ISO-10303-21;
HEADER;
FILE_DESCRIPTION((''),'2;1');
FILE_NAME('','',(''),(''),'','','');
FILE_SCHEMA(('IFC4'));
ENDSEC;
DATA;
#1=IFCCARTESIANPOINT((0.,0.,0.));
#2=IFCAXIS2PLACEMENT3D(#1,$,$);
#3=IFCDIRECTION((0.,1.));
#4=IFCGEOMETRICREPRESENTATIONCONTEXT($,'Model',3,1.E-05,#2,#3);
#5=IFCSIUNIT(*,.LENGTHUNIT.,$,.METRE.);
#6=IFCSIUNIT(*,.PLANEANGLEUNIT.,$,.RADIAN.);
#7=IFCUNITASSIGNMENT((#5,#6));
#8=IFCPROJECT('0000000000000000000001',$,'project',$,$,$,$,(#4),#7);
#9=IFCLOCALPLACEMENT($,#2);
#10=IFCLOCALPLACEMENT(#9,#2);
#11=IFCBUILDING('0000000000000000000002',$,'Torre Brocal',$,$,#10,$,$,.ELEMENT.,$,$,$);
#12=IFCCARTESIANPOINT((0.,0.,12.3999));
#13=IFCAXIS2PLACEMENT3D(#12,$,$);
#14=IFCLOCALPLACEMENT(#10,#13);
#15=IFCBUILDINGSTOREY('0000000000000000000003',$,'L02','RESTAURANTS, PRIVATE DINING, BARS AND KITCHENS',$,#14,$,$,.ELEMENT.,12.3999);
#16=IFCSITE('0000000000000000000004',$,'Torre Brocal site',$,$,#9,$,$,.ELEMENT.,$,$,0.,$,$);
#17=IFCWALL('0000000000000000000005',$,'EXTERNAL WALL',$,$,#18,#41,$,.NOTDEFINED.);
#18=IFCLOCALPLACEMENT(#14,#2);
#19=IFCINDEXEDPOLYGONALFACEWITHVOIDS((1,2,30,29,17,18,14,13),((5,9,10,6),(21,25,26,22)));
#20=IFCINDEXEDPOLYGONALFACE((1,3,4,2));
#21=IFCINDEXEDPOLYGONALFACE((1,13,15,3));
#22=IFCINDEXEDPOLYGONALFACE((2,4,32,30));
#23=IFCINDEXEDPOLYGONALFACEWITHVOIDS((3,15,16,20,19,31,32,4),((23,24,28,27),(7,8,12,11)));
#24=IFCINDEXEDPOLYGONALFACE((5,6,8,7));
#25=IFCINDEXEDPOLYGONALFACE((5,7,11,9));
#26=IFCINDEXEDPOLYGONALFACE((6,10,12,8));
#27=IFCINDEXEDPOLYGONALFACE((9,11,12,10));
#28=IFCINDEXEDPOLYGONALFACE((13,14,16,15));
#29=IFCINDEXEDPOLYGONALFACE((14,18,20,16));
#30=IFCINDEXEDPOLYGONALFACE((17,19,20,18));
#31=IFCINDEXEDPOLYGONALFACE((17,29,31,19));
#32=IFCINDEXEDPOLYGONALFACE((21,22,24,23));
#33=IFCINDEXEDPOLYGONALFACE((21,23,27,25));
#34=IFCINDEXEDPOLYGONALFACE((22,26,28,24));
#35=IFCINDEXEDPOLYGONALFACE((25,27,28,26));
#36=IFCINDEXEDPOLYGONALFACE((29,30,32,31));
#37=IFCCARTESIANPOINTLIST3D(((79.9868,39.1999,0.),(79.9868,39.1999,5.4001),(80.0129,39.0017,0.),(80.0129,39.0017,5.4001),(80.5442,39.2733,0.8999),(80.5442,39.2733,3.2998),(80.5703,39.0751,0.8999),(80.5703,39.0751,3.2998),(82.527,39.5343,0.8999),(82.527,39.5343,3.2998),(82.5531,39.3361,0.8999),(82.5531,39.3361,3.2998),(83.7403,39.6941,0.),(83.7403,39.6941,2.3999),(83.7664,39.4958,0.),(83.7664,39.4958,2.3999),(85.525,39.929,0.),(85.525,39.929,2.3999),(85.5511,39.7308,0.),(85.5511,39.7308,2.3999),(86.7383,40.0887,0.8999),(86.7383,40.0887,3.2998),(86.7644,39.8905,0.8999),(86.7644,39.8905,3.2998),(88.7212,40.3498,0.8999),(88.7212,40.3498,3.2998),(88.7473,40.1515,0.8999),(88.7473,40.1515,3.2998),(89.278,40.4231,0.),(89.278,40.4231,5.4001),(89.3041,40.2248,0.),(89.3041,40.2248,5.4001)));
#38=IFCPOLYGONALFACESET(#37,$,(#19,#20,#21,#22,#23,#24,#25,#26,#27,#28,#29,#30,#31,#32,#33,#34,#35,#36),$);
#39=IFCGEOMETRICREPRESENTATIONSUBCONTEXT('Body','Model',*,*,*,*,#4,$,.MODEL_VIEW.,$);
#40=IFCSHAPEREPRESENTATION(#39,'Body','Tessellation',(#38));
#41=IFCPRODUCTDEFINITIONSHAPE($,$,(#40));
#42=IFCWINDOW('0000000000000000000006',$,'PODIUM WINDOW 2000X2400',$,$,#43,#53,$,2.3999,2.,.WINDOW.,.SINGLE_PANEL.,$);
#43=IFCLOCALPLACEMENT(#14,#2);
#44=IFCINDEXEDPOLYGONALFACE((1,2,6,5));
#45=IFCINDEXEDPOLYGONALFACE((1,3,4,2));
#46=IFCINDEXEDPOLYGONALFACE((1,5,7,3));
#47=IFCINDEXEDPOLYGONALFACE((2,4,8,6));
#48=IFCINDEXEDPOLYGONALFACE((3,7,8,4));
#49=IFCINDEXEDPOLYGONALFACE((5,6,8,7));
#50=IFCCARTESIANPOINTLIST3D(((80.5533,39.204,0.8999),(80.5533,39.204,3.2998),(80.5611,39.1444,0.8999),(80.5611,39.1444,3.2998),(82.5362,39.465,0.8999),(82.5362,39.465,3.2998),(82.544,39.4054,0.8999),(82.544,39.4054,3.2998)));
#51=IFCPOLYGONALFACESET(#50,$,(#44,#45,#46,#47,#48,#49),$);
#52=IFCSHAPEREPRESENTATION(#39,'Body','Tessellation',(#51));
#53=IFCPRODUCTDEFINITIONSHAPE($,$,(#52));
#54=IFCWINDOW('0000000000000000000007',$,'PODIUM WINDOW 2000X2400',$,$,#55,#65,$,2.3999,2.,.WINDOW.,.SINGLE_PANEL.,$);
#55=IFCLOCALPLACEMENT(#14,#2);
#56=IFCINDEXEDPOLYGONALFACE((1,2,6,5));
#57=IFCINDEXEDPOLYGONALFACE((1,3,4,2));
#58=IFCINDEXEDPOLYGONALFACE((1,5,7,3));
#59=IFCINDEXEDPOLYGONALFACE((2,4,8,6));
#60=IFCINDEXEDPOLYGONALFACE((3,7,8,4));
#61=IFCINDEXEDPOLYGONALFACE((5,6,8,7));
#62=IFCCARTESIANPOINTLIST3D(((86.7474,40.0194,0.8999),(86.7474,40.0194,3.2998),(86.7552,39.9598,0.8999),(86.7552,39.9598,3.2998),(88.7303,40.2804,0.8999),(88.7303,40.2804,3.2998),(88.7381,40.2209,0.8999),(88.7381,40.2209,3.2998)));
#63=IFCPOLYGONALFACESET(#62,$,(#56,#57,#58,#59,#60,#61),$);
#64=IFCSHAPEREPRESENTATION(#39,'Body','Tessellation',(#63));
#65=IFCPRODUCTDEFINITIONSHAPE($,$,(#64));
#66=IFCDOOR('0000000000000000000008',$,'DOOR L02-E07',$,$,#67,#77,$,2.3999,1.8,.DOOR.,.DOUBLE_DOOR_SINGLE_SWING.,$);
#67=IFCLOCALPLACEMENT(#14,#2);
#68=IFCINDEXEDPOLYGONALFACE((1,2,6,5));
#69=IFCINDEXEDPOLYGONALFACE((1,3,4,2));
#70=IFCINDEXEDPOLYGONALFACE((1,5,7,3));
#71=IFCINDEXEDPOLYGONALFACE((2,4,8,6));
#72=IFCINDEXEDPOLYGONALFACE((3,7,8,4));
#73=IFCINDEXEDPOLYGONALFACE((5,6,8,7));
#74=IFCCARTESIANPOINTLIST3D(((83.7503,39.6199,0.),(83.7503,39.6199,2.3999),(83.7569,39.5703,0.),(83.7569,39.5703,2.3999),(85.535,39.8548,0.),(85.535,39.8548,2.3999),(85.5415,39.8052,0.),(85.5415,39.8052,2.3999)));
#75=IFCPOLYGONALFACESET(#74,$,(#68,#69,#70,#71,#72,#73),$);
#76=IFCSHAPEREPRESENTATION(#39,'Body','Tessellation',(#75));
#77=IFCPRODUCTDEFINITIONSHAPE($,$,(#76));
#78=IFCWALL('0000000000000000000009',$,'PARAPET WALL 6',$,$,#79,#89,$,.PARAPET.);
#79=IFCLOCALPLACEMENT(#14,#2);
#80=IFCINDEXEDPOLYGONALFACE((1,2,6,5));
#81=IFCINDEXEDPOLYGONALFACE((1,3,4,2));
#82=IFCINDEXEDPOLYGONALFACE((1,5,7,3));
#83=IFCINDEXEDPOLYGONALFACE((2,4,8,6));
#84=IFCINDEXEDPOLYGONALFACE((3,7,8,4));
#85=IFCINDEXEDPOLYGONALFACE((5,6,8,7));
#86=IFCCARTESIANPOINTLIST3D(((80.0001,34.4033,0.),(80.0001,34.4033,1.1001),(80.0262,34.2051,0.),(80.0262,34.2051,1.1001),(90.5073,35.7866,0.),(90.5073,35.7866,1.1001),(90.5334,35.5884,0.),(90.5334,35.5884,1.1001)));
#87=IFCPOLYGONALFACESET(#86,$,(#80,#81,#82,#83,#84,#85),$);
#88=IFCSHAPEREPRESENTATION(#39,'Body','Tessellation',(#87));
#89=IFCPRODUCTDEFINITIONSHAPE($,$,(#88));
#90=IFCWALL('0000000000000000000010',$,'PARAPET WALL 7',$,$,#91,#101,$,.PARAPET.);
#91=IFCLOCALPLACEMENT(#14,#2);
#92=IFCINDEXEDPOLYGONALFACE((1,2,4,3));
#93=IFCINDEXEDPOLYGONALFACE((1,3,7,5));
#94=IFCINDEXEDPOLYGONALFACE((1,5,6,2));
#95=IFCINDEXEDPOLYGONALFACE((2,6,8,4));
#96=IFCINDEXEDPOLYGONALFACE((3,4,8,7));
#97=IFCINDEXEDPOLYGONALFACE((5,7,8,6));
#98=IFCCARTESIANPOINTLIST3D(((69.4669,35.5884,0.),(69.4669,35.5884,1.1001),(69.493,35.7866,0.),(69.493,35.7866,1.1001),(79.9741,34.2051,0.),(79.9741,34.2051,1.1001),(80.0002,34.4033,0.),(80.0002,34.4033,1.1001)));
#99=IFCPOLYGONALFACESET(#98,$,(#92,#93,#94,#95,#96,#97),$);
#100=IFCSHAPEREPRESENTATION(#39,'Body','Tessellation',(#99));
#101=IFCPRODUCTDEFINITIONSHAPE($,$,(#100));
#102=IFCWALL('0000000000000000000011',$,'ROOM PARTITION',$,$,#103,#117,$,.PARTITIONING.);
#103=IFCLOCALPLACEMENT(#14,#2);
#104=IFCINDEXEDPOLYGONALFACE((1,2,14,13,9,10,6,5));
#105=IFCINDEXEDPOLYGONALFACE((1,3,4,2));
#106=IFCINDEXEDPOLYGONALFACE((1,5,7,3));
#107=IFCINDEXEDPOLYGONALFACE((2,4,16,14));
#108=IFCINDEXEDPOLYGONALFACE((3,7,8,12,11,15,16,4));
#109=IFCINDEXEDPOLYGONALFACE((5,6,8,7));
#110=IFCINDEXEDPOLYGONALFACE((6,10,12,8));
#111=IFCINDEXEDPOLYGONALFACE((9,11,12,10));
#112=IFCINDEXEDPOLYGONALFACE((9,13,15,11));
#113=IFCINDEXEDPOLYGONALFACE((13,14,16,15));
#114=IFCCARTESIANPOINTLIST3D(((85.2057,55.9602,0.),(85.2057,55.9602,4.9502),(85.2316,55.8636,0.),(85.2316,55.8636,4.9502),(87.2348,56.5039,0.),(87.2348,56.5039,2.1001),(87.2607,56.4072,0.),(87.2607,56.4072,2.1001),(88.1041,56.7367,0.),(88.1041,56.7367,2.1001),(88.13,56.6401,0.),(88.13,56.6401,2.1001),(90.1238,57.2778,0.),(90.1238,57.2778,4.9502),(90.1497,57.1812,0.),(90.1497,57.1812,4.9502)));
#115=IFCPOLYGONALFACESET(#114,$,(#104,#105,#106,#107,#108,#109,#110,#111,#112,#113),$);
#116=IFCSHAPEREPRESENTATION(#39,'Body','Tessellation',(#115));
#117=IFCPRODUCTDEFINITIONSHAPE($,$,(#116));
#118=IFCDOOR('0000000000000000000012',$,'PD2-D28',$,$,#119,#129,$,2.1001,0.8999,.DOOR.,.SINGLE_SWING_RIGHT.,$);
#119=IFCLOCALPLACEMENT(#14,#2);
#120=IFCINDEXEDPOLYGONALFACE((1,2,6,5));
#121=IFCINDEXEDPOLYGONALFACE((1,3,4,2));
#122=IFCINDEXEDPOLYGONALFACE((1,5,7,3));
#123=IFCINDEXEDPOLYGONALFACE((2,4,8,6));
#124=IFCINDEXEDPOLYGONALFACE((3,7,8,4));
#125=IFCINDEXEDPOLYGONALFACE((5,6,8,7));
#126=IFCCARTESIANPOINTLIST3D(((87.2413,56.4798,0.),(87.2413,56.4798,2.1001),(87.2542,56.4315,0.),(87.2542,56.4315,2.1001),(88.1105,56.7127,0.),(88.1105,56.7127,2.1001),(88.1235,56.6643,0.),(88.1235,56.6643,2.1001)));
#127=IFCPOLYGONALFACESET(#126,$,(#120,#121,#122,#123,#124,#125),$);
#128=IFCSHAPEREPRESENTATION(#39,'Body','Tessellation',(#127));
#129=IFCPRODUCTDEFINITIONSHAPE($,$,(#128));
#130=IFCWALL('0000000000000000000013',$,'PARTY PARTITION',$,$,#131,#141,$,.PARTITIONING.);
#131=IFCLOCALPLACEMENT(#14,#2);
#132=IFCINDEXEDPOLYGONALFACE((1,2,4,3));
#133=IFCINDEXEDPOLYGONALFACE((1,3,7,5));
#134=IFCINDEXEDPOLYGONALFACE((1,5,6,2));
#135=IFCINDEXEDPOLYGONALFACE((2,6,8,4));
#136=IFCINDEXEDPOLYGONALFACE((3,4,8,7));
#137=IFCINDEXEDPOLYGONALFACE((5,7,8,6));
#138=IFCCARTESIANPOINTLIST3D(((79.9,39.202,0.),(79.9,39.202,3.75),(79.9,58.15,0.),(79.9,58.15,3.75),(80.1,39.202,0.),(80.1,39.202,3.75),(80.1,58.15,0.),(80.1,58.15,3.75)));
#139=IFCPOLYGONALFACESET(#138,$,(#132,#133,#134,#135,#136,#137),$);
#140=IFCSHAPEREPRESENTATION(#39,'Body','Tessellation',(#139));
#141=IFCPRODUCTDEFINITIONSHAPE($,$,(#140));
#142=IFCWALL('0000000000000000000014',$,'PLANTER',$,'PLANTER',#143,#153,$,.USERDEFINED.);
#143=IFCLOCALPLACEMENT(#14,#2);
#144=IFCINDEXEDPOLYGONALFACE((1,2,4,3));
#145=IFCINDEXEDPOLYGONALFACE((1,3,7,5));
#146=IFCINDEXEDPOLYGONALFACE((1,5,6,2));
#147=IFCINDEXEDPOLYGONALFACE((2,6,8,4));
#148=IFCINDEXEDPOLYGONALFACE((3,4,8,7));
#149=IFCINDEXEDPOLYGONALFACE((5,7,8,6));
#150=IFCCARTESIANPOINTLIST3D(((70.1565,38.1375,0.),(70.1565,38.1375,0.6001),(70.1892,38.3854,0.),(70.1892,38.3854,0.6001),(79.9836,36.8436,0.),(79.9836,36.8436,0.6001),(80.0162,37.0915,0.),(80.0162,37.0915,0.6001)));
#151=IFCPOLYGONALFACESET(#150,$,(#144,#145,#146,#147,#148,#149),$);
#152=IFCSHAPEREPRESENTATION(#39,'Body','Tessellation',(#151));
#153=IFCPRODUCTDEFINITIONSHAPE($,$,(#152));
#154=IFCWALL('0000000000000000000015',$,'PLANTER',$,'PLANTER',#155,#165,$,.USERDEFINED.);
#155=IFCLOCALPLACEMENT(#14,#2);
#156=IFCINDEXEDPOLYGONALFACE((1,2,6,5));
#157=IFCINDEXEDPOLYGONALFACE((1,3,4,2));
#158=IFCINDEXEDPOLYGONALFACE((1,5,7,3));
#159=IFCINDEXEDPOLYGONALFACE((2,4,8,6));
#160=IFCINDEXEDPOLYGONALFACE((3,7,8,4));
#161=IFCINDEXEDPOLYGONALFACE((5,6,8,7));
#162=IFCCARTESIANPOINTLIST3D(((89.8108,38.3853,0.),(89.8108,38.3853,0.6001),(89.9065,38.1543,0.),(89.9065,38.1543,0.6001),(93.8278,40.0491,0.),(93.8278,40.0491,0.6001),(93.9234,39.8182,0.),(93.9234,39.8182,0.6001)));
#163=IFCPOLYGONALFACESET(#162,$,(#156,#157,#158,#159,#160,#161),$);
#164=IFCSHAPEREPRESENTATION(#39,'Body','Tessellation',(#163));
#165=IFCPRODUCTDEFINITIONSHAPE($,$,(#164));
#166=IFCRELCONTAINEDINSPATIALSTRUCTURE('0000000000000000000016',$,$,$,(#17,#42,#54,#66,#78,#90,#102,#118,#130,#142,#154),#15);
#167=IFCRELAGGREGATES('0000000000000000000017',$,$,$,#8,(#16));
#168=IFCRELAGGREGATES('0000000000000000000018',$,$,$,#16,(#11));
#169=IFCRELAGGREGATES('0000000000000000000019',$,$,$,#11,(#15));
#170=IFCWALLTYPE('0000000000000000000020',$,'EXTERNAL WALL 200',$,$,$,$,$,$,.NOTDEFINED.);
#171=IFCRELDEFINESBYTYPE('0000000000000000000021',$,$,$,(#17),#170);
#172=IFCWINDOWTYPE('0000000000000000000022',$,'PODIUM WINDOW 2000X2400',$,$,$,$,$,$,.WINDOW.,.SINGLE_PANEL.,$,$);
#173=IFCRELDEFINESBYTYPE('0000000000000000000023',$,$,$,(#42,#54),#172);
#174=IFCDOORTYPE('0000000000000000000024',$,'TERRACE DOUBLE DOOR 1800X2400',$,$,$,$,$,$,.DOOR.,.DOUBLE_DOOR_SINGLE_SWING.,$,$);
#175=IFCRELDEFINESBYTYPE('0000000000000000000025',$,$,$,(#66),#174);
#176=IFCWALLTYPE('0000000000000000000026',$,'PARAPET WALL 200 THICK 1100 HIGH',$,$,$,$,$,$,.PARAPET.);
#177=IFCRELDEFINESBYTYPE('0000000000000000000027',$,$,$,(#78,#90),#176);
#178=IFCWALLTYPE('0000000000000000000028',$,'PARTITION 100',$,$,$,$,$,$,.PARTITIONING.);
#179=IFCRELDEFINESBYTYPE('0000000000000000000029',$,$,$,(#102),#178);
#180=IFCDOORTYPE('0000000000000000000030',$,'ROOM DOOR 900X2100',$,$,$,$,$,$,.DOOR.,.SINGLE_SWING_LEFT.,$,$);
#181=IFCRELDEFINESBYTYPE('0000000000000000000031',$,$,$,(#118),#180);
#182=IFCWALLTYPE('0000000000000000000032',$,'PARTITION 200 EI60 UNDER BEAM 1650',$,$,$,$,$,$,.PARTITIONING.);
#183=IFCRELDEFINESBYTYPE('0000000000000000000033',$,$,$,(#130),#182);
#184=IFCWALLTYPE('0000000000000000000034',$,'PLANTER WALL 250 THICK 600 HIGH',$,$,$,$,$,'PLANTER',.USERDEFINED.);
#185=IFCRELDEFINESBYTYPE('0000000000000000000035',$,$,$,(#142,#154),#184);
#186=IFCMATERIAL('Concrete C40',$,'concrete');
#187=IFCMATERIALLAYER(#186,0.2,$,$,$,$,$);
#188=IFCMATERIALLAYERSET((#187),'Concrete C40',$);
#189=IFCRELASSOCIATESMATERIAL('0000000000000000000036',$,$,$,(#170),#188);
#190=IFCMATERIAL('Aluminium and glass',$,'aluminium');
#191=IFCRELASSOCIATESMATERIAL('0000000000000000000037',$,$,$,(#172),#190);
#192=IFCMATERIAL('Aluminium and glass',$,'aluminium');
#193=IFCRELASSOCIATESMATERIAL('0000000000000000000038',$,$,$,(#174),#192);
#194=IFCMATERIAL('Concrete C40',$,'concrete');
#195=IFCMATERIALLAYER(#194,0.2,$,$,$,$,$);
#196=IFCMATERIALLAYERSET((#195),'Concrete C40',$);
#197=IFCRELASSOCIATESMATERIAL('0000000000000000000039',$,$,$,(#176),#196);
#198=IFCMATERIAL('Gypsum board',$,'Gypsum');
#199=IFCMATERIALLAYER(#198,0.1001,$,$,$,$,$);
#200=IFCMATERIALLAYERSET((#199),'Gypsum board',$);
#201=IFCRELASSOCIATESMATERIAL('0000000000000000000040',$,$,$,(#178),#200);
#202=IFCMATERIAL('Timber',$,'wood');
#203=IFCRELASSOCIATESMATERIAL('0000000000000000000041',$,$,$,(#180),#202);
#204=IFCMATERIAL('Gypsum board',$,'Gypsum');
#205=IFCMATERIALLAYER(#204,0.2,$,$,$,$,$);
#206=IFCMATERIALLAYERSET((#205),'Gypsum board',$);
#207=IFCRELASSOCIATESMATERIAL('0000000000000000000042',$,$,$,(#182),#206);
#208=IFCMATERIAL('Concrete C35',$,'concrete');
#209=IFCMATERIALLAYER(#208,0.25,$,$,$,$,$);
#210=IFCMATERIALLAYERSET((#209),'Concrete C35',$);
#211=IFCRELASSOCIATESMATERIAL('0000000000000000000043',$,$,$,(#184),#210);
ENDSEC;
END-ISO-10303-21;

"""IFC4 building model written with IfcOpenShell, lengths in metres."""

from ifc_helpers import new_model, si_unit, direction, frame, frame_2d, origin, place, context, subcontext, project, spatial, rectangle, extrude, material, layer, layer_set, type_object, element, fill, save


model = new_model("IFC4")

# Units and contexts
model_context = context("Model", 3, precision=1e-05, world=origin(), true_north=direction((0.0, 1.0)))
body_context = subcontext(model_context, "Body", "Model", "MODEL_VIEW")
ifc_project = project(units=[si_unit("LENGTHUNIT", "METRE"), si_unit("PLANEANGLEUNIT", "RADIAN")], contexts=[model_context])

# Site, building, storey
site_placement = place(None, origin())
site = spatial("IfcSite", under=ifc_project, at=site_placement, Name="Torre Brocal site", CompositionType="ELEMENT", RefElevation=0.0)
building_placement = place(site_placement, origin())
building = spatial("IfcBuilding", under=site, at=building_placement, Name="Torre Brocal", CompositionType="ELEMENT")
storey_placement = place(building_placement, frame((0.0, 0.0, 12.3999)))
storey = spatial("IfcBuildingStorey", under=building, at=storey_placement, Name="L02", Description="RESTAURANTS, PRIVATE DINING, BARS AND KITCHENS", CompositionType="ELEMENT", Elevation=12.3999)

# Wall, openings, windows, door
ifc_material_1 = material(Name="Concrete C40", Category="concrete")
ifc_layer_1 = layer(ifc_material_1, 0.2)
ifc_layer_set_1 = layer_set([ifc_layer_1], Name="Concrete C40")
wall_type_1 = type_object("IfcWallType", Name="EXTERNAL WALL 200", PredefinedType="NOTDEFINED", material=ifc_layer_set_1)
wall_1_placement = place(storey_placement, frame((80.0, 39.1008, 0.0), z_axis=(0.0, 0.0, 1.0), x_axis=(0.991446, 0.130519, 0.0)))
wall_1 = element("IfcWall", 1, at=wall_1_placement, inside=storey, type_object=wall_type_1, Name="EXTERNAL WALL", PredefinedType="NOTDEFINED", context=body_context, shape_type="SweptSolid", body=[
    extrude(rectangle(XDim=9.3713, YDim=0.2, at=frame_2d((4.6855, 0.0))), origin(), (0.0, 0.0, 1.0), 5.4001),
])
opening_1_placement = place(wall_1_placement, frame((0.562, 0.0, 0.8999)))
opening_1 = element("IfcOpeningElement", 2, at=opening_1_placement, cuts=wall_1, PredefinedType="OPENING", context=body_context, shape_type="SweptSolid", body=[
    extrude(rectangle(XDim=2.0, YDim=2.3999, at=frame_2d((1.0, 1.2))), frame((0.0, 0.1099, 0.0), z_axis=(0.0, -1.0, 0.0), x_axis=(1.0, 0.0, 0.0)), (0.0, 0.0, 1.0), 0.22),
])
opening_2_placement = place(wall_1_placement, frame((3.7859, 0.0, 0.0)))
opening_2 = element("IfcOpeningElement", 3, at=opening_2_placement, cuts=wall_1, PredefinedType="OPENING", context=body_context, shape_type="SweptSolid", body=[
    extrude(rectangle(XDim=1.8, YDim=2.3999, at=frame_2d((0.8999, 1.2))), frame((0.0, 0.1099, 0.0), z_axis=(0.0, -1.0, 0.0), x_axis=(1.0, 0.0, 0.0)), (0.0, 0.0, 1.0), 0.22),
])
opening_3_placement = place(wall_1_placement, frame((6.8096, 0.0, 0.8999)))
opening_3 = element("IfcOpeningElement", 4, at=opening_3_placement, cuts=wall_1, PredefinedType="OPENING", context=body_context, shape_type="SweptSolid", body=[
    extrude(rectangle(XDim=2.0, YDim=2.3999, at=frame_2d((1.0, 1.2))), frame((0.0, 0.1099, 0.0), z_axis=(0.0, -1.0, 0.0), x_axis=(1.0, 0.0, 0.0)), (0.0, 0.0, 1.0), 0.22),
])
ifc_material_2 = material(Name="Aluminium and glass", Category="aluminium")
window_type = type_object("IfcWindowType", Name="PODIUM WINDOW 2000X2400", PartitioningType="SINGLE_PANEL", PredefinedType="WINDOW", material=ifc_material_2)
window_1_placement = place(opening_1_placement, origin())
window_1 = element("IfcWindow", 5, at=window_1_placement, inside=storey, type_object=window_type, Name="PODIUM WINDOW 2000X2400", OverallHeight=2.3999, OverallWidth=2.0, PartitioningType="SINGLE_PANEL", PredefinedType="WINDOW", context=body_context, shape_type="SweptSolid", body=[
    extrude(rectangle(XDim=2.0, YDim=2.3999, at=frame_2d((1.0, 1.2))), frame((0.0, 0.03, 0.0), z_axis=(0.0, -1.0, 0.0), x_axis=(1.0, 0.0, 0.0)), (0.0, 0.0, 1.0), 0.0601),
])
fill(opening_1, window_1)
window_2_placement = place(opening_3_placement, origin())
window_2 = element("IfcWindow", 6, at=window_2_placement, inside=storey, type_object=window_type, Name="PODIUM WINDOW 2000X2400", OverallHeight=2.3999, OverallWidth=2.0, PartitioningType="SINGLE_PANEL", PredefinedType="WINDOW", context=body_context, shape_type="SweptSolid", body=[
    extrude(rectangle(XDim=2.0, YDim=2.3999, at=frame_2d((1.0, 1.2))), frame((0.0, 0.03, 0.0), z_axis=(0.0, -1.0, 0.0), x_axis=(1.0, 0.0, 0.0)), (0.0, 0.0, 1.0), 0.0601),
])
fill(opening_3, window_2)
ifc_material_3 = material(Name="Aluminium and glass", Category="aluminium")
door_type_1 = type_object("IfcDoorType", Name="TERRACE DOUBLE DOOR 1800X2400", OperationType="DOUBLE_DOOR_SINGLE_SWING", PredefinedType="DOOR", material=ifc_material_3)
door_1_placement = place(opening_2_placement, frame((1.8, 0.0, 0.0), z_axis=(0.0, 0.0, 1.0), x_axis=(-1.0, 0.0, 0.0)))
door_1 = element("IfcDoor", 7, at=door_1_placement, inside=storey, type_object=door_type_1, Name="DOOR L02-E07", OperationType="DOUBLE_DOOR_SINGLE_SWING", OverallHeight=2.3999, OverallWidth=1.8, PredefinedType="DOOR", context=body_context, shape_type="SweptSolid", body=[
    extrude(rectangle(XDim=1.8, YDim=2.3999, at=frame_2d((0.8999, 1.2))), frame((0.0, 0.0249, 0.0), z_axis=(0.0, -1.0, 0.0), x_axis=(1.0, 0.0, 0.0)), (0.0, 0.0, 1.0), 0.05),
])
fill(opening_2, door_1)

# Walls
ifc_material_4 = material(Name="Concrete C40", Category="concrete")
ifc_layer_2 = layer(ifc_material_4, 0.2)
ifc_layer_set_2 = layer_set([ifc_layer_2], Name="Concrete C40")
wall_type_2 = type_object("IfcWallType", Name="PARAPET WALL 200 THICK 1100 HIGH", PredefinedType="PARAPET", material=ifc_layer_set_2)
for number, where, z_axis, x_axis, name in (
    (8, (90.5203, 35.6875, 0.0), (0.0, 0.0, 1.0), (-0.991445, -0.130525, 0.0), "PARAPET WALL 6"),
    (9, (79.9871, 34.3042, 0.0), (0.0, 0.0, 1.0), (-0.991445, 0.130525, 0.0), "PARAPET WALL 7"),
):
    element("IfcWall", number, at=place(storey_placement, frame(where, z_axis=z_axis, x_axis=x_axis)), inside=storey, type_object=wall_type_2, Name=name, PredefinedType="PARAPET", context=body_context, shape_type="SweptSolid", body=[
        extrude(rectangle(XDim=10.5979, YDim=0.2, at=frame_2d((5.2988, 0.0))), origin(), (0.0, 0.0, 1.0), 1.1001),
    ])

# Wall, opening, door
ifc_material_5 = material(Name="Gypsum board", Category="Gypsum")
ifc_layer_3 = layer(ifc_material_5, 0.1001)
ifc_layer_set_3 = layer_set([ifc_layer_3], Name="Gypsum board")
wall_type_3 = type_object("IfcWallType", Name="PARTITION 100", PredefinedType="PARTITIONING", material=ifc_layer_set_3)
wall_2_placement = place(storey_placement, frame((85.2185, 55.9119, 0.0), z_axis=(0.0, 0.0, 1.0), x_axis=(0.965936, 0.258782, 0.0)))
wall_2 = element("IfcWall", 10, at=wall_2_placement, inside=storey, type_object=wall_type_3, Name="ROOM PARTITION", PredefinedType="PARTITIONING", context=body_context, shape_type="SweptSolid", body=[
    extrude(rectangle(XDim=5.0916, YDim=0.1001, at=frame_2d((2.5459, 0.0))), origin(), (0.0, 0.0, 1.0), 4.9502),
])
opening_4_placement = place(wall_2_placement, frame((2.1008, 0.0, 0.0)))
opening_4 = element("IfcOpeningElement", 11, at=opening_4_placement, cuts=wall_2, PredefinedType="OPENING", context=body_context, shape_type="SweptSolid", body=[
    extrude(rectangle(XDim=0.8999, YDim=2.1001, at=frame_2d((0.45, 1.05))), frame((0.0, 0.0601, 0.0), z_axis=(0.0, -1.0, 0.0), x_axis=(1.0, 0.0, 0.0)), (0.0, 0.0, 1.0), 0.1201),
])
ifc_material_6 = material(Name="Timber", Category="wood")
door_type_2 = type_object("IfcDoorType", Name="ROOM DOOR 900X2100", OperationType="SINGLE_SWING_LEFT", PredefinedType="DOOR", material=ifc_material_6)
door_2_placement = place(opening_4_placement, frame((0.8999, 0.0, 0.0), z_axis=(0.0, 0.0, 1.0), x_axis=(-1.0, 0.0, 0.0)))
door_2 = element("IfcDoor", 12, at=door_2_placement, inside=storey, type_object=door_type_2, Name="PD2-D28", OperationType="SINGLE_SWING_RIGHT", OverallHeight=2.1001, OverallWidth=0.8999, PredefinedType="DOOR", context=body_context, shape_type="SweptSolid", body=[
    extrude(rectangle(XDim=0.8999, YDim=2.1001, at=frame_2d((0.45, 1.05))), frame((0.0, 0.0249, 0.0), z_axis=(0.0, -1.0, 0.0), x_axis=(1.0, 0.0, 0.0)), (0.0, 0.0, 1.0), 0.05),
])
fill(opening_4, door_2)

# Walls
ifc_material_7 = material(Name="Gypsum board", Category="Gypsum")
ifc_layer_4 = layer(ifc_material_7, 0.2)
ifc_layer_set_4 = layer_set([ifc_layer_4], Name="Gypsum board")
wall_type_4 = type_object("IfcWallType", Name="PARTITION 200 EI60 UNDER BEAM 1650", PredefinedType="PARTITIONING", material=ifc_layer_set_4)
wall_3_placement = place(storey_placement, frame((80.0, 39.2019, 0.0), z_axis=(0.0, 0.0, 1.0), x_axis=(0.0, 1.0, 0.0)))
element("IfcWall", 13, at=wall_3_placement, inside=storey, type_object=wall_type_4, Name="PARTY PARTITION", PredefinedType="PARTITIONING", context=body_context, shape_type="SweptSolid", body=[
    extrude(rectangle(XDim=18.948, YDim=0.2, at=frame_2d((9.4741, 0.0))), origin(), (0.0, 0.0, 1.0), 3.75),
])
ifc_material_8 = material(Name="Concrete C35", Category="concrete")
ifc_layer_5 = layer(ifc_material_8, 0.25)
ifc_layer_set_5 = layer_set([ifc_layer_5], Name="Concrete C35")
wall_type_5 = type_object("IfcWallType", Name="PLANTER WALL 250 THICK 600 HIGH", ElementType="PLANTER", PredefinedType="USERDEFINED", material=ifc_layer_set_5)
wall_4_placement = place(storey_placement, frame((80.0, 36.9675, 0.0), z_axis=(0.0, 0.0, 1.0), x_axis=(-0.991443, 0.130544, 0.0)))
element("IfcWall", 14, at=wall_4_placement, inside=storey, type_object=wall_type_5, Name="PLANTER", ObjectType="PLANTER", PredefinedType="USERDEFINED", context=body_context, shape_type="SweptSolid", body=[
    extrude(rectangle(XDim=9.9119, YDim=0.25, at=frame_2d((4.9561, 0.0))), origin(), (0.0, 0.0, 1.0), 0.6001),
])
wall_5_placement = place(storey_placement, frame((93.8755, 39.9336, 0.0), z_axis=(0.0, 0.0, 1.0), x_axis=(-0.923881, -0.382681, 0.0)))
element("IfcWall", 15, at=wall_5_placement, inside=storey, type_object=wall_type_5, Name="PLANTER", ObjectType="PLANTER", PredefinedType="USERDEFINED", context=body_context, shape_type="SweptSolid", body=[
    extrude(rectangle(XDim=4.3479, YDim=0.25, at=frame_2d((2.1738, 0.0))), origin(), (0.0, 0.0, 1.0), 0.6001),
])

save(model, "model.ifc")
